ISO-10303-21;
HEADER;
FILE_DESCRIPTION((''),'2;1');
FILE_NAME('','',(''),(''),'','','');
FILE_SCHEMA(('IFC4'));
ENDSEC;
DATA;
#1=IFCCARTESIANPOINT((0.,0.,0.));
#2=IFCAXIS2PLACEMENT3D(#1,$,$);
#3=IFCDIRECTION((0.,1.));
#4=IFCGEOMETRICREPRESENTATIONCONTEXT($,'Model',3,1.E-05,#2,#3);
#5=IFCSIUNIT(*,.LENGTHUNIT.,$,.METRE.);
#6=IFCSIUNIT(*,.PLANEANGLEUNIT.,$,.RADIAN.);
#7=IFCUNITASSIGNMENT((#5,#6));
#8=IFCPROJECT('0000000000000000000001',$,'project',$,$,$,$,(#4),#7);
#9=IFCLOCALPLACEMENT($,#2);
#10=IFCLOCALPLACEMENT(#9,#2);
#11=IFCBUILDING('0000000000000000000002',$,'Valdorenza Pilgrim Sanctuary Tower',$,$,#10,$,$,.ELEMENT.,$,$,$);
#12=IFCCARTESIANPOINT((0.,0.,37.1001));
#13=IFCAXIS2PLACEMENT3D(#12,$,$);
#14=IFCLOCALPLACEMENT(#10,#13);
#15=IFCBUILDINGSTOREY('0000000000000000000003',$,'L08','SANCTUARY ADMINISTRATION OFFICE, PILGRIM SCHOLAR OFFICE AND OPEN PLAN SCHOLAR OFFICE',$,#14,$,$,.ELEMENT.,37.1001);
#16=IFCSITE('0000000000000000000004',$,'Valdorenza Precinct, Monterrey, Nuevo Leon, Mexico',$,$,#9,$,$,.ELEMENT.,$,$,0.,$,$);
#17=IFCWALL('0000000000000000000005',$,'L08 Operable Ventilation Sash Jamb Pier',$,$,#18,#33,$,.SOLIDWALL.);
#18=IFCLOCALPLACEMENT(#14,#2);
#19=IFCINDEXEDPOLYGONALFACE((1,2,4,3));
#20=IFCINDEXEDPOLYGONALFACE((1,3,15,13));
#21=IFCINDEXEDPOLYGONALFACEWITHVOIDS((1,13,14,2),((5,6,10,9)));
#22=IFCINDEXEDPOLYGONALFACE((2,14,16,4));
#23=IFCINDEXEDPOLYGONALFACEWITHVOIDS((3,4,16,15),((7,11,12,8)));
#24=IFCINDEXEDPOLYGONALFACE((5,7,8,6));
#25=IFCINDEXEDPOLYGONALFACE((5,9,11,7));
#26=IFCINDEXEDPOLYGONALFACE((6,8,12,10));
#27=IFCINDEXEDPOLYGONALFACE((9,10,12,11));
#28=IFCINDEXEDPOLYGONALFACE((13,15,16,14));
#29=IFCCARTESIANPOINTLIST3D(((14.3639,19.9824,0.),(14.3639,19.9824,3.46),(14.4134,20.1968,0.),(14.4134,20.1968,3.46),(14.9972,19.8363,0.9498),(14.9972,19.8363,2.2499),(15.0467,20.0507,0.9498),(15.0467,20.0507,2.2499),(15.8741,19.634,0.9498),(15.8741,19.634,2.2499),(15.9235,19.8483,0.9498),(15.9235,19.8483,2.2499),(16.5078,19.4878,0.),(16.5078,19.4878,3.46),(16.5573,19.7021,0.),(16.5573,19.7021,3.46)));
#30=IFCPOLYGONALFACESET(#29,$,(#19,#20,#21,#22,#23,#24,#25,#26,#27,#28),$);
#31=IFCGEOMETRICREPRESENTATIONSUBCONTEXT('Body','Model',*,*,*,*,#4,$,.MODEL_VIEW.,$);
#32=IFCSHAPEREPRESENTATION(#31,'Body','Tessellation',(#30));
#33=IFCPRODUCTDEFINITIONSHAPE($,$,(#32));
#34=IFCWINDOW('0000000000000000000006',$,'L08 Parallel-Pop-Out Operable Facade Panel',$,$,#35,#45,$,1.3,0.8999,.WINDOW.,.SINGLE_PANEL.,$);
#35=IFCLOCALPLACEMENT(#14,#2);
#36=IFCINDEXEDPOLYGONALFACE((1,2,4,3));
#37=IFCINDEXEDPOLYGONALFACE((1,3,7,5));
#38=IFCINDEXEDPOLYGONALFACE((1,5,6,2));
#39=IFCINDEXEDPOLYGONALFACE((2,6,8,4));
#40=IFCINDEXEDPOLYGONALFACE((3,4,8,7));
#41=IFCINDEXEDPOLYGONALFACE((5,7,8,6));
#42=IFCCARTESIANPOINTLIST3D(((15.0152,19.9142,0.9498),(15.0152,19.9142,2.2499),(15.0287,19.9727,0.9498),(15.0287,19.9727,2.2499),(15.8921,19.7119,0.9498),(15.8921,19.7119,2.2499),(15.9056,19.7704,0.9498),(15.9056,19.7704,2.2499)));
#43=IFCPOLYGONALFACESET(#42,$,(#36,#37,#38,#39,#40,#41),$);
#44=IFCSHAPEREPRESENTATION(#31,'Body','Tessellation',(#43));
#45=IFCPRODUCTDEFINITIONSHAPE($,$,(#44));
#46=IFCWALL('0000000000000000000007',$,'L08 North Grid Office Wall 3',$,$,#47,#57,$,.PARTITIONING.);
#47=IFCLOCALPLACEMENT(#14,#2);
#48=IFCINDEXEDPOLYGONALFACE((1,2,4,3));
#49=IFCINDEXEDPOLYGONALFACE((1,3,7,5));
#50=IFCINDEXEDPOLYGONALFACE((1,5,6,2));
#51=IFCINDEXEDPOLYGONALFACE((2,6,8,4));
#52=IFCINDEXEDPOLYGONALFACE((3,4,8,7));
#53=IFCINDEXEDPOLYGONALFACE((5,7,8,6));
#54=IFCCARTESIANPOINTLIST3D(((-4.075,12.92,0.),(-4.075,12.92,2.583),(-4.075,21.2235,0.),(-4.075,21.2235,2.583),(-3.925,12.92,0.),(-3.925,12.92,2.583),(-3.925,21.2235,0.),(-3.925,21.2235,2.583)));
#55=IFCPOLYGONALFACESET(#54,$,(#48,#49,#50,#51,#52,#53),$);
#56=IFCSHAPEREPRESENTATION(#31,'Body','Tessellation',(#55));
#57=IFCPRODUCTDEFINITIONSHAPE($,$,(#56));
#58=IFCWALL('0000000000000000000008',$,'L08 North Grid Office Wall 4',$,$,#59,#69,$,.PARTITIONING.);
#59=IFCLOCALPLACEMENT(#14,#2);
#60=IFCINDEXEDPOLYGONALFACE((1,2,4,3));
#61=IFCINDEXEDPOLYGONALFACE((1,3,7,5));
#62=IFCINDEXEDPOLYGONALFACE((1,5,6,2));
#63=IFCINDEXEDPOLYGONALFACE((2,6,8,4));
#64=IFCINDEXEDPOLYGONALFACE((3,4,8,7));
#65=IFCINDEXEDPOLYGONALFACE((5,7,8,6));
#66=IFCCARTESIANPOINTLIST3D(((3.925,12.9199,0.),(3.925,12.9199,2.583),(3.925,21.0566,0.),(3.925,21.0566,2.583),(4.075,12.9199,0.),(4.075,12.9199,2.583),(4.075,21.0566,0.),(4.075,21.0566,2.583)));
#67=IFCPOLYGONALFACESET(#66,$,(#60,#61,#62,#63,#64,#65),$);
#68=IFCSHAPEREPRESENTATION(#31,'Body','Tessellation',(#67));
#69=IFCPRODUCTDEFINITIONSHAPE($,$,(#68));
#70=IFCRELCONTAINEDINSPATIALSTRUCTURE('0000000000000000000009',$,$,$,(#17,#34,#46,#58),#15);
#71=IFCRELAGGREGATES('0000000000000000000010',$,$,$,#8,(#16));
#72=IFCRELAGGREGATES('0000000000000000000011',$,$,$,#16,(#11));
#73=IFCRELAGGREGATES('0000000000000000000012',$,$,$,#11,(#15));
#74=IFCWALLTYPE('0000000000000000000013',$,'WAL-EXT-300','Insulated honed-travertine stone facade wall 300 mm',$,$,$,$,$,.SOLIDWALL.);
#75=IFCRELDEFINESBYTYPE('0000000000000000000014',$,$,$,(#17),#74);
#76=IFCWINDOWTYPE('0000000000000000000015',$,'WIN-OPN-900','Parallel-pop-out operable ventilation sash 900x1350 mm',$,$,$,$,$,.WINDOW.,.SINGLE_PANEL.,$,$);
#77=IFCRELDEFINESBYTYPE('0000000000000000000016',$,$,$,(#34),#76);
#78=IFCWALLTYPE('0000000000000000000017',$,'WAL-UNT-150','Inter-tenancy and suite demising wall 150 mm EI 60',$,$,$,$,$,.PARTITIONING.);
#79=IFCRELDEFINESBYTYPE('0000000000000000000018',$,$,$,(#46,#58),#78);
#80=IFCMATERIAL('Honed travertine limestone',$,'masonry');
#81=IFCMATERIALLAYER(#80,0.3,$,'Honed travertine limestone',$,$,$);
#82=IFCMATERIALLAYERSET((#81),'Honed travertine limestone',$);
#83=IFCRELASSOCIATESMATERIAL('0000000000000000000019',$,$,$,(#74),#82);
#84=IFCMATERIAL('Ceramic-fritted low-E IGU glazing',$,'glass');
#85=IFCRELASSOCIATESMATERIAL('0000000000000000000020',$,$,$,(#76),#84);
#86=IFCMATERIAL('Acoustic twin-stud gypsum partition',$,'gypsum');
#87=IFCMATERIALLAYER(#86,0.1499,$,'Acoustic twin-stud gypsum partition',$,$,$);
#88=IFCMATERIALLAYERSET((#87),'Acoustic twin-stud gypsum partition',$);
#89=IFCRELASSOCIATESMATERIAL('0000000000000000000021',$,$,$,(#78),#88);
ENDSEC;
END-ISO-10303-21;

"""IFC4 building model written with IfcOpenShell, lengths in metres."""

from ifc_helpers import new_model, si_unit, direction, frame, frame_2d, origin, place, context, subcontext, project, spatial, rectangle, extrude, material, layer, layer_set, type_object, element, fill, save


model = new_model("IFC4")

# Units and contexts
model_context = context("Model", 3, precision=1e-05, world=origin(), true_north=direction((0.0, 1.0)))
body_context = subcontext(model_context, "Body", "Model", "MODEL_VIEW")
ifc_project = project(units=[si_unit("LENGTHUNIT", "METRE"), si_unit("PLANEANGLEUNIT", "RADIAN")], contexts=[model_context])

# Site, building, storey
site_placement = place(None, origin())
site = spatial("IfcSite", under=ifc_project, at=site_placement, Name="Valdorenza Precinct, Monterrey, Nuevo Leon, Mexico", CompositionType="ELEMENT", RefElevation=0.0)
building_placement = place(site_placement, origin())
building = spatial("IfcBuilding", under=site, at=building_placement, Name="Valdorenza Pilgrim Sanctuary Tower", CompositionType="ELEMENT")
storey_placement = place(building_placement, frame((0.0, 0.0, 37.1001)))
storey = spatial("IfcBuildingStorey", under=building, at=storey_placement, Name="L08", Description="SANCTUARY ADMINISTRATION OFFICE, PILGRIM SCHOLAR OFFICE AND OPEN PLAN SCHOLAR OFFICE", CompositionType="ELEMENT", Elevation=37.1001)

# Shared definitions
ifc_material_1 = material(Name="Honed travertine limestone", Category="masonry")
ifc_material_2 = material(Name="Ceramic-fritted low-E IGU glazing", Category="glass")

# Shared definitions
ifc_material_3 = material(Name="Acoustic twin-stud gypsum partition", Category="gypsum")
ifc_layer_1 = layer(ifc_material_1, 0.3, Name="Honed travertine limestone")
ifc_layer_set_1 = layer_set([ifc_layer_1], Name="Honed travertine limestone")
wall_type_1 = type_object("IfcWallType", Name="WAL-EXT-300", Description="Insulated honed-travertine stone facade wall 300 mm", PredefinedType="SOLIDWALL", material=ifc_layer_set_1)

# Wall, opening, window
wall_1_placement = place(storey_placement, frame((14.3887, 20.0896, 0.0), z_axis=(0.0, 0.0, 1.0), x_axis=(0.974401, -0.224819, 0.0)))
wall_1 = element("IfcWall", 1, at=wall_1_placement, inside=storey, type_object=wall_type_1, Name="L08 Operable Ventilation Sash Jamb Pier", PredefinedType="SOLIDWALL", context=body_context, shape_type="SweptSolid", body=[
    extrude(rectangle(XDim=2.2002, YDim=0.22, at=frame_2d((1.1001, 0.0))), origin(), (0.0, 0.0, 1.0), 3.46),
])
opening_placement = place(wall_1_placement, frame((0.6499, 0.0, 0.95)))
opening = element("IfcOpeningElement", 2, at=opening_placement, cuts=wall_1, PredefinedType="OPENING", context=body_context, shape_type="SweptSolid", body=[
    extrude(rectangle(XDim=0.8999, YDim=1.3, at=frame_2d((0.45, 0.6499))), frame((0.0, 0.125, 0.0), z_axis=(0.0, -1.0, 0.0), x_axis=(1.0, 0.0, 0.0)), (0.0, 0.0, 1.0), 0.2498),
])
window_type = type_object("IfcWindowType", Name="WIN-OPN-900", Description="Parallel-pop-out operable ventilation sash 900x1350 mm", PartitioningType="SINGLE_PANEL", PredefinedType="WINDOW", material=ifc_material_2)
window_placement = place(opening_placement, origin())
window = element("IfcWindow", 3, at=window_placement, inside=storey, type_object=window_type, Name="L08 Parallel-Pop-Out Operable Facade Panel", OverallHeight=1.3, OverallWidth=0.8999, PartitioningType="SINGLE_PANEL", PredefinedType="WINDOW", context=body_context, shape_type="SweptSolid", body=[
    extrude(rectangle(XDim=0.8999, YDim=1.3, at=frame_2d((0.45, 0.6499))), frame((0.0, 0.03, 0.0), z_axis=(0.0, -1.0, 0.0), x_axis=(1.0, 0.0, 0.0)), (0.0, 0.0, 1.0), 0.0601),
])
fill(opening, window)

# Walls
ifc_layer_2 = layer(ifc_material_3, 0.1499, Name="Acoustic twin-stud gypsum partition")
ifc_layer_set_2 = layer_set([ifc_layer_2], Name="Acoustic twin-stud gypsum partition")
wall_type_2 = type_object("IfcWallType", Name="WAL-UNT-150", Description="Inter-tenancy and suite demising wall 150 mm EI 60", PredefinedType="PARTITIONING", material=ifc_layer_set_2)
wall_2_placement = place(storey_placement, frame((-4.0, 12.9199, 0.0), z_axis=(0.0, 0.0, 1.0), x_axis=(0.0, 1.0, 0.0)))
element("IfcWall", 4, at=wall_2_placement, inside=storey, type_object=wall_type_2, Name="L08 North Grid Office Wall 3", PredefinedType="PARTITIONING", context=body_context, shape_type="SweptSolid", body=[
    extrude(rectangle(XDim=8.3035, YDim=0.1499, at=frame_2d((4.1519, 0.0))), origin(), (0.0, 0.0, 1.0), 2.583),
])
wall_3_placement = place(storey_placement, frame((4.0, 12.9199, 0.0), z_axis=(0.0, 0.0, 1.0), x_axis=(0.0, 1.0, 0.0)))
element("IfcWall", 5, at=wall_3_placement, inside=storey, type_object=wall_type_2, Name="L08 North Grid Office Wall 4", PredefinedType="PARTITIONING", context=body_context, shape_type="SweptSolid", body=[
    extrude(rectangle(XDim=8.1367, YDim=0.1499, at=frame_2d((4.0684, 0.0))), origin(), (0.0, 0.0, 1.0), 2.583),
])

save(model, "model.ifc")
